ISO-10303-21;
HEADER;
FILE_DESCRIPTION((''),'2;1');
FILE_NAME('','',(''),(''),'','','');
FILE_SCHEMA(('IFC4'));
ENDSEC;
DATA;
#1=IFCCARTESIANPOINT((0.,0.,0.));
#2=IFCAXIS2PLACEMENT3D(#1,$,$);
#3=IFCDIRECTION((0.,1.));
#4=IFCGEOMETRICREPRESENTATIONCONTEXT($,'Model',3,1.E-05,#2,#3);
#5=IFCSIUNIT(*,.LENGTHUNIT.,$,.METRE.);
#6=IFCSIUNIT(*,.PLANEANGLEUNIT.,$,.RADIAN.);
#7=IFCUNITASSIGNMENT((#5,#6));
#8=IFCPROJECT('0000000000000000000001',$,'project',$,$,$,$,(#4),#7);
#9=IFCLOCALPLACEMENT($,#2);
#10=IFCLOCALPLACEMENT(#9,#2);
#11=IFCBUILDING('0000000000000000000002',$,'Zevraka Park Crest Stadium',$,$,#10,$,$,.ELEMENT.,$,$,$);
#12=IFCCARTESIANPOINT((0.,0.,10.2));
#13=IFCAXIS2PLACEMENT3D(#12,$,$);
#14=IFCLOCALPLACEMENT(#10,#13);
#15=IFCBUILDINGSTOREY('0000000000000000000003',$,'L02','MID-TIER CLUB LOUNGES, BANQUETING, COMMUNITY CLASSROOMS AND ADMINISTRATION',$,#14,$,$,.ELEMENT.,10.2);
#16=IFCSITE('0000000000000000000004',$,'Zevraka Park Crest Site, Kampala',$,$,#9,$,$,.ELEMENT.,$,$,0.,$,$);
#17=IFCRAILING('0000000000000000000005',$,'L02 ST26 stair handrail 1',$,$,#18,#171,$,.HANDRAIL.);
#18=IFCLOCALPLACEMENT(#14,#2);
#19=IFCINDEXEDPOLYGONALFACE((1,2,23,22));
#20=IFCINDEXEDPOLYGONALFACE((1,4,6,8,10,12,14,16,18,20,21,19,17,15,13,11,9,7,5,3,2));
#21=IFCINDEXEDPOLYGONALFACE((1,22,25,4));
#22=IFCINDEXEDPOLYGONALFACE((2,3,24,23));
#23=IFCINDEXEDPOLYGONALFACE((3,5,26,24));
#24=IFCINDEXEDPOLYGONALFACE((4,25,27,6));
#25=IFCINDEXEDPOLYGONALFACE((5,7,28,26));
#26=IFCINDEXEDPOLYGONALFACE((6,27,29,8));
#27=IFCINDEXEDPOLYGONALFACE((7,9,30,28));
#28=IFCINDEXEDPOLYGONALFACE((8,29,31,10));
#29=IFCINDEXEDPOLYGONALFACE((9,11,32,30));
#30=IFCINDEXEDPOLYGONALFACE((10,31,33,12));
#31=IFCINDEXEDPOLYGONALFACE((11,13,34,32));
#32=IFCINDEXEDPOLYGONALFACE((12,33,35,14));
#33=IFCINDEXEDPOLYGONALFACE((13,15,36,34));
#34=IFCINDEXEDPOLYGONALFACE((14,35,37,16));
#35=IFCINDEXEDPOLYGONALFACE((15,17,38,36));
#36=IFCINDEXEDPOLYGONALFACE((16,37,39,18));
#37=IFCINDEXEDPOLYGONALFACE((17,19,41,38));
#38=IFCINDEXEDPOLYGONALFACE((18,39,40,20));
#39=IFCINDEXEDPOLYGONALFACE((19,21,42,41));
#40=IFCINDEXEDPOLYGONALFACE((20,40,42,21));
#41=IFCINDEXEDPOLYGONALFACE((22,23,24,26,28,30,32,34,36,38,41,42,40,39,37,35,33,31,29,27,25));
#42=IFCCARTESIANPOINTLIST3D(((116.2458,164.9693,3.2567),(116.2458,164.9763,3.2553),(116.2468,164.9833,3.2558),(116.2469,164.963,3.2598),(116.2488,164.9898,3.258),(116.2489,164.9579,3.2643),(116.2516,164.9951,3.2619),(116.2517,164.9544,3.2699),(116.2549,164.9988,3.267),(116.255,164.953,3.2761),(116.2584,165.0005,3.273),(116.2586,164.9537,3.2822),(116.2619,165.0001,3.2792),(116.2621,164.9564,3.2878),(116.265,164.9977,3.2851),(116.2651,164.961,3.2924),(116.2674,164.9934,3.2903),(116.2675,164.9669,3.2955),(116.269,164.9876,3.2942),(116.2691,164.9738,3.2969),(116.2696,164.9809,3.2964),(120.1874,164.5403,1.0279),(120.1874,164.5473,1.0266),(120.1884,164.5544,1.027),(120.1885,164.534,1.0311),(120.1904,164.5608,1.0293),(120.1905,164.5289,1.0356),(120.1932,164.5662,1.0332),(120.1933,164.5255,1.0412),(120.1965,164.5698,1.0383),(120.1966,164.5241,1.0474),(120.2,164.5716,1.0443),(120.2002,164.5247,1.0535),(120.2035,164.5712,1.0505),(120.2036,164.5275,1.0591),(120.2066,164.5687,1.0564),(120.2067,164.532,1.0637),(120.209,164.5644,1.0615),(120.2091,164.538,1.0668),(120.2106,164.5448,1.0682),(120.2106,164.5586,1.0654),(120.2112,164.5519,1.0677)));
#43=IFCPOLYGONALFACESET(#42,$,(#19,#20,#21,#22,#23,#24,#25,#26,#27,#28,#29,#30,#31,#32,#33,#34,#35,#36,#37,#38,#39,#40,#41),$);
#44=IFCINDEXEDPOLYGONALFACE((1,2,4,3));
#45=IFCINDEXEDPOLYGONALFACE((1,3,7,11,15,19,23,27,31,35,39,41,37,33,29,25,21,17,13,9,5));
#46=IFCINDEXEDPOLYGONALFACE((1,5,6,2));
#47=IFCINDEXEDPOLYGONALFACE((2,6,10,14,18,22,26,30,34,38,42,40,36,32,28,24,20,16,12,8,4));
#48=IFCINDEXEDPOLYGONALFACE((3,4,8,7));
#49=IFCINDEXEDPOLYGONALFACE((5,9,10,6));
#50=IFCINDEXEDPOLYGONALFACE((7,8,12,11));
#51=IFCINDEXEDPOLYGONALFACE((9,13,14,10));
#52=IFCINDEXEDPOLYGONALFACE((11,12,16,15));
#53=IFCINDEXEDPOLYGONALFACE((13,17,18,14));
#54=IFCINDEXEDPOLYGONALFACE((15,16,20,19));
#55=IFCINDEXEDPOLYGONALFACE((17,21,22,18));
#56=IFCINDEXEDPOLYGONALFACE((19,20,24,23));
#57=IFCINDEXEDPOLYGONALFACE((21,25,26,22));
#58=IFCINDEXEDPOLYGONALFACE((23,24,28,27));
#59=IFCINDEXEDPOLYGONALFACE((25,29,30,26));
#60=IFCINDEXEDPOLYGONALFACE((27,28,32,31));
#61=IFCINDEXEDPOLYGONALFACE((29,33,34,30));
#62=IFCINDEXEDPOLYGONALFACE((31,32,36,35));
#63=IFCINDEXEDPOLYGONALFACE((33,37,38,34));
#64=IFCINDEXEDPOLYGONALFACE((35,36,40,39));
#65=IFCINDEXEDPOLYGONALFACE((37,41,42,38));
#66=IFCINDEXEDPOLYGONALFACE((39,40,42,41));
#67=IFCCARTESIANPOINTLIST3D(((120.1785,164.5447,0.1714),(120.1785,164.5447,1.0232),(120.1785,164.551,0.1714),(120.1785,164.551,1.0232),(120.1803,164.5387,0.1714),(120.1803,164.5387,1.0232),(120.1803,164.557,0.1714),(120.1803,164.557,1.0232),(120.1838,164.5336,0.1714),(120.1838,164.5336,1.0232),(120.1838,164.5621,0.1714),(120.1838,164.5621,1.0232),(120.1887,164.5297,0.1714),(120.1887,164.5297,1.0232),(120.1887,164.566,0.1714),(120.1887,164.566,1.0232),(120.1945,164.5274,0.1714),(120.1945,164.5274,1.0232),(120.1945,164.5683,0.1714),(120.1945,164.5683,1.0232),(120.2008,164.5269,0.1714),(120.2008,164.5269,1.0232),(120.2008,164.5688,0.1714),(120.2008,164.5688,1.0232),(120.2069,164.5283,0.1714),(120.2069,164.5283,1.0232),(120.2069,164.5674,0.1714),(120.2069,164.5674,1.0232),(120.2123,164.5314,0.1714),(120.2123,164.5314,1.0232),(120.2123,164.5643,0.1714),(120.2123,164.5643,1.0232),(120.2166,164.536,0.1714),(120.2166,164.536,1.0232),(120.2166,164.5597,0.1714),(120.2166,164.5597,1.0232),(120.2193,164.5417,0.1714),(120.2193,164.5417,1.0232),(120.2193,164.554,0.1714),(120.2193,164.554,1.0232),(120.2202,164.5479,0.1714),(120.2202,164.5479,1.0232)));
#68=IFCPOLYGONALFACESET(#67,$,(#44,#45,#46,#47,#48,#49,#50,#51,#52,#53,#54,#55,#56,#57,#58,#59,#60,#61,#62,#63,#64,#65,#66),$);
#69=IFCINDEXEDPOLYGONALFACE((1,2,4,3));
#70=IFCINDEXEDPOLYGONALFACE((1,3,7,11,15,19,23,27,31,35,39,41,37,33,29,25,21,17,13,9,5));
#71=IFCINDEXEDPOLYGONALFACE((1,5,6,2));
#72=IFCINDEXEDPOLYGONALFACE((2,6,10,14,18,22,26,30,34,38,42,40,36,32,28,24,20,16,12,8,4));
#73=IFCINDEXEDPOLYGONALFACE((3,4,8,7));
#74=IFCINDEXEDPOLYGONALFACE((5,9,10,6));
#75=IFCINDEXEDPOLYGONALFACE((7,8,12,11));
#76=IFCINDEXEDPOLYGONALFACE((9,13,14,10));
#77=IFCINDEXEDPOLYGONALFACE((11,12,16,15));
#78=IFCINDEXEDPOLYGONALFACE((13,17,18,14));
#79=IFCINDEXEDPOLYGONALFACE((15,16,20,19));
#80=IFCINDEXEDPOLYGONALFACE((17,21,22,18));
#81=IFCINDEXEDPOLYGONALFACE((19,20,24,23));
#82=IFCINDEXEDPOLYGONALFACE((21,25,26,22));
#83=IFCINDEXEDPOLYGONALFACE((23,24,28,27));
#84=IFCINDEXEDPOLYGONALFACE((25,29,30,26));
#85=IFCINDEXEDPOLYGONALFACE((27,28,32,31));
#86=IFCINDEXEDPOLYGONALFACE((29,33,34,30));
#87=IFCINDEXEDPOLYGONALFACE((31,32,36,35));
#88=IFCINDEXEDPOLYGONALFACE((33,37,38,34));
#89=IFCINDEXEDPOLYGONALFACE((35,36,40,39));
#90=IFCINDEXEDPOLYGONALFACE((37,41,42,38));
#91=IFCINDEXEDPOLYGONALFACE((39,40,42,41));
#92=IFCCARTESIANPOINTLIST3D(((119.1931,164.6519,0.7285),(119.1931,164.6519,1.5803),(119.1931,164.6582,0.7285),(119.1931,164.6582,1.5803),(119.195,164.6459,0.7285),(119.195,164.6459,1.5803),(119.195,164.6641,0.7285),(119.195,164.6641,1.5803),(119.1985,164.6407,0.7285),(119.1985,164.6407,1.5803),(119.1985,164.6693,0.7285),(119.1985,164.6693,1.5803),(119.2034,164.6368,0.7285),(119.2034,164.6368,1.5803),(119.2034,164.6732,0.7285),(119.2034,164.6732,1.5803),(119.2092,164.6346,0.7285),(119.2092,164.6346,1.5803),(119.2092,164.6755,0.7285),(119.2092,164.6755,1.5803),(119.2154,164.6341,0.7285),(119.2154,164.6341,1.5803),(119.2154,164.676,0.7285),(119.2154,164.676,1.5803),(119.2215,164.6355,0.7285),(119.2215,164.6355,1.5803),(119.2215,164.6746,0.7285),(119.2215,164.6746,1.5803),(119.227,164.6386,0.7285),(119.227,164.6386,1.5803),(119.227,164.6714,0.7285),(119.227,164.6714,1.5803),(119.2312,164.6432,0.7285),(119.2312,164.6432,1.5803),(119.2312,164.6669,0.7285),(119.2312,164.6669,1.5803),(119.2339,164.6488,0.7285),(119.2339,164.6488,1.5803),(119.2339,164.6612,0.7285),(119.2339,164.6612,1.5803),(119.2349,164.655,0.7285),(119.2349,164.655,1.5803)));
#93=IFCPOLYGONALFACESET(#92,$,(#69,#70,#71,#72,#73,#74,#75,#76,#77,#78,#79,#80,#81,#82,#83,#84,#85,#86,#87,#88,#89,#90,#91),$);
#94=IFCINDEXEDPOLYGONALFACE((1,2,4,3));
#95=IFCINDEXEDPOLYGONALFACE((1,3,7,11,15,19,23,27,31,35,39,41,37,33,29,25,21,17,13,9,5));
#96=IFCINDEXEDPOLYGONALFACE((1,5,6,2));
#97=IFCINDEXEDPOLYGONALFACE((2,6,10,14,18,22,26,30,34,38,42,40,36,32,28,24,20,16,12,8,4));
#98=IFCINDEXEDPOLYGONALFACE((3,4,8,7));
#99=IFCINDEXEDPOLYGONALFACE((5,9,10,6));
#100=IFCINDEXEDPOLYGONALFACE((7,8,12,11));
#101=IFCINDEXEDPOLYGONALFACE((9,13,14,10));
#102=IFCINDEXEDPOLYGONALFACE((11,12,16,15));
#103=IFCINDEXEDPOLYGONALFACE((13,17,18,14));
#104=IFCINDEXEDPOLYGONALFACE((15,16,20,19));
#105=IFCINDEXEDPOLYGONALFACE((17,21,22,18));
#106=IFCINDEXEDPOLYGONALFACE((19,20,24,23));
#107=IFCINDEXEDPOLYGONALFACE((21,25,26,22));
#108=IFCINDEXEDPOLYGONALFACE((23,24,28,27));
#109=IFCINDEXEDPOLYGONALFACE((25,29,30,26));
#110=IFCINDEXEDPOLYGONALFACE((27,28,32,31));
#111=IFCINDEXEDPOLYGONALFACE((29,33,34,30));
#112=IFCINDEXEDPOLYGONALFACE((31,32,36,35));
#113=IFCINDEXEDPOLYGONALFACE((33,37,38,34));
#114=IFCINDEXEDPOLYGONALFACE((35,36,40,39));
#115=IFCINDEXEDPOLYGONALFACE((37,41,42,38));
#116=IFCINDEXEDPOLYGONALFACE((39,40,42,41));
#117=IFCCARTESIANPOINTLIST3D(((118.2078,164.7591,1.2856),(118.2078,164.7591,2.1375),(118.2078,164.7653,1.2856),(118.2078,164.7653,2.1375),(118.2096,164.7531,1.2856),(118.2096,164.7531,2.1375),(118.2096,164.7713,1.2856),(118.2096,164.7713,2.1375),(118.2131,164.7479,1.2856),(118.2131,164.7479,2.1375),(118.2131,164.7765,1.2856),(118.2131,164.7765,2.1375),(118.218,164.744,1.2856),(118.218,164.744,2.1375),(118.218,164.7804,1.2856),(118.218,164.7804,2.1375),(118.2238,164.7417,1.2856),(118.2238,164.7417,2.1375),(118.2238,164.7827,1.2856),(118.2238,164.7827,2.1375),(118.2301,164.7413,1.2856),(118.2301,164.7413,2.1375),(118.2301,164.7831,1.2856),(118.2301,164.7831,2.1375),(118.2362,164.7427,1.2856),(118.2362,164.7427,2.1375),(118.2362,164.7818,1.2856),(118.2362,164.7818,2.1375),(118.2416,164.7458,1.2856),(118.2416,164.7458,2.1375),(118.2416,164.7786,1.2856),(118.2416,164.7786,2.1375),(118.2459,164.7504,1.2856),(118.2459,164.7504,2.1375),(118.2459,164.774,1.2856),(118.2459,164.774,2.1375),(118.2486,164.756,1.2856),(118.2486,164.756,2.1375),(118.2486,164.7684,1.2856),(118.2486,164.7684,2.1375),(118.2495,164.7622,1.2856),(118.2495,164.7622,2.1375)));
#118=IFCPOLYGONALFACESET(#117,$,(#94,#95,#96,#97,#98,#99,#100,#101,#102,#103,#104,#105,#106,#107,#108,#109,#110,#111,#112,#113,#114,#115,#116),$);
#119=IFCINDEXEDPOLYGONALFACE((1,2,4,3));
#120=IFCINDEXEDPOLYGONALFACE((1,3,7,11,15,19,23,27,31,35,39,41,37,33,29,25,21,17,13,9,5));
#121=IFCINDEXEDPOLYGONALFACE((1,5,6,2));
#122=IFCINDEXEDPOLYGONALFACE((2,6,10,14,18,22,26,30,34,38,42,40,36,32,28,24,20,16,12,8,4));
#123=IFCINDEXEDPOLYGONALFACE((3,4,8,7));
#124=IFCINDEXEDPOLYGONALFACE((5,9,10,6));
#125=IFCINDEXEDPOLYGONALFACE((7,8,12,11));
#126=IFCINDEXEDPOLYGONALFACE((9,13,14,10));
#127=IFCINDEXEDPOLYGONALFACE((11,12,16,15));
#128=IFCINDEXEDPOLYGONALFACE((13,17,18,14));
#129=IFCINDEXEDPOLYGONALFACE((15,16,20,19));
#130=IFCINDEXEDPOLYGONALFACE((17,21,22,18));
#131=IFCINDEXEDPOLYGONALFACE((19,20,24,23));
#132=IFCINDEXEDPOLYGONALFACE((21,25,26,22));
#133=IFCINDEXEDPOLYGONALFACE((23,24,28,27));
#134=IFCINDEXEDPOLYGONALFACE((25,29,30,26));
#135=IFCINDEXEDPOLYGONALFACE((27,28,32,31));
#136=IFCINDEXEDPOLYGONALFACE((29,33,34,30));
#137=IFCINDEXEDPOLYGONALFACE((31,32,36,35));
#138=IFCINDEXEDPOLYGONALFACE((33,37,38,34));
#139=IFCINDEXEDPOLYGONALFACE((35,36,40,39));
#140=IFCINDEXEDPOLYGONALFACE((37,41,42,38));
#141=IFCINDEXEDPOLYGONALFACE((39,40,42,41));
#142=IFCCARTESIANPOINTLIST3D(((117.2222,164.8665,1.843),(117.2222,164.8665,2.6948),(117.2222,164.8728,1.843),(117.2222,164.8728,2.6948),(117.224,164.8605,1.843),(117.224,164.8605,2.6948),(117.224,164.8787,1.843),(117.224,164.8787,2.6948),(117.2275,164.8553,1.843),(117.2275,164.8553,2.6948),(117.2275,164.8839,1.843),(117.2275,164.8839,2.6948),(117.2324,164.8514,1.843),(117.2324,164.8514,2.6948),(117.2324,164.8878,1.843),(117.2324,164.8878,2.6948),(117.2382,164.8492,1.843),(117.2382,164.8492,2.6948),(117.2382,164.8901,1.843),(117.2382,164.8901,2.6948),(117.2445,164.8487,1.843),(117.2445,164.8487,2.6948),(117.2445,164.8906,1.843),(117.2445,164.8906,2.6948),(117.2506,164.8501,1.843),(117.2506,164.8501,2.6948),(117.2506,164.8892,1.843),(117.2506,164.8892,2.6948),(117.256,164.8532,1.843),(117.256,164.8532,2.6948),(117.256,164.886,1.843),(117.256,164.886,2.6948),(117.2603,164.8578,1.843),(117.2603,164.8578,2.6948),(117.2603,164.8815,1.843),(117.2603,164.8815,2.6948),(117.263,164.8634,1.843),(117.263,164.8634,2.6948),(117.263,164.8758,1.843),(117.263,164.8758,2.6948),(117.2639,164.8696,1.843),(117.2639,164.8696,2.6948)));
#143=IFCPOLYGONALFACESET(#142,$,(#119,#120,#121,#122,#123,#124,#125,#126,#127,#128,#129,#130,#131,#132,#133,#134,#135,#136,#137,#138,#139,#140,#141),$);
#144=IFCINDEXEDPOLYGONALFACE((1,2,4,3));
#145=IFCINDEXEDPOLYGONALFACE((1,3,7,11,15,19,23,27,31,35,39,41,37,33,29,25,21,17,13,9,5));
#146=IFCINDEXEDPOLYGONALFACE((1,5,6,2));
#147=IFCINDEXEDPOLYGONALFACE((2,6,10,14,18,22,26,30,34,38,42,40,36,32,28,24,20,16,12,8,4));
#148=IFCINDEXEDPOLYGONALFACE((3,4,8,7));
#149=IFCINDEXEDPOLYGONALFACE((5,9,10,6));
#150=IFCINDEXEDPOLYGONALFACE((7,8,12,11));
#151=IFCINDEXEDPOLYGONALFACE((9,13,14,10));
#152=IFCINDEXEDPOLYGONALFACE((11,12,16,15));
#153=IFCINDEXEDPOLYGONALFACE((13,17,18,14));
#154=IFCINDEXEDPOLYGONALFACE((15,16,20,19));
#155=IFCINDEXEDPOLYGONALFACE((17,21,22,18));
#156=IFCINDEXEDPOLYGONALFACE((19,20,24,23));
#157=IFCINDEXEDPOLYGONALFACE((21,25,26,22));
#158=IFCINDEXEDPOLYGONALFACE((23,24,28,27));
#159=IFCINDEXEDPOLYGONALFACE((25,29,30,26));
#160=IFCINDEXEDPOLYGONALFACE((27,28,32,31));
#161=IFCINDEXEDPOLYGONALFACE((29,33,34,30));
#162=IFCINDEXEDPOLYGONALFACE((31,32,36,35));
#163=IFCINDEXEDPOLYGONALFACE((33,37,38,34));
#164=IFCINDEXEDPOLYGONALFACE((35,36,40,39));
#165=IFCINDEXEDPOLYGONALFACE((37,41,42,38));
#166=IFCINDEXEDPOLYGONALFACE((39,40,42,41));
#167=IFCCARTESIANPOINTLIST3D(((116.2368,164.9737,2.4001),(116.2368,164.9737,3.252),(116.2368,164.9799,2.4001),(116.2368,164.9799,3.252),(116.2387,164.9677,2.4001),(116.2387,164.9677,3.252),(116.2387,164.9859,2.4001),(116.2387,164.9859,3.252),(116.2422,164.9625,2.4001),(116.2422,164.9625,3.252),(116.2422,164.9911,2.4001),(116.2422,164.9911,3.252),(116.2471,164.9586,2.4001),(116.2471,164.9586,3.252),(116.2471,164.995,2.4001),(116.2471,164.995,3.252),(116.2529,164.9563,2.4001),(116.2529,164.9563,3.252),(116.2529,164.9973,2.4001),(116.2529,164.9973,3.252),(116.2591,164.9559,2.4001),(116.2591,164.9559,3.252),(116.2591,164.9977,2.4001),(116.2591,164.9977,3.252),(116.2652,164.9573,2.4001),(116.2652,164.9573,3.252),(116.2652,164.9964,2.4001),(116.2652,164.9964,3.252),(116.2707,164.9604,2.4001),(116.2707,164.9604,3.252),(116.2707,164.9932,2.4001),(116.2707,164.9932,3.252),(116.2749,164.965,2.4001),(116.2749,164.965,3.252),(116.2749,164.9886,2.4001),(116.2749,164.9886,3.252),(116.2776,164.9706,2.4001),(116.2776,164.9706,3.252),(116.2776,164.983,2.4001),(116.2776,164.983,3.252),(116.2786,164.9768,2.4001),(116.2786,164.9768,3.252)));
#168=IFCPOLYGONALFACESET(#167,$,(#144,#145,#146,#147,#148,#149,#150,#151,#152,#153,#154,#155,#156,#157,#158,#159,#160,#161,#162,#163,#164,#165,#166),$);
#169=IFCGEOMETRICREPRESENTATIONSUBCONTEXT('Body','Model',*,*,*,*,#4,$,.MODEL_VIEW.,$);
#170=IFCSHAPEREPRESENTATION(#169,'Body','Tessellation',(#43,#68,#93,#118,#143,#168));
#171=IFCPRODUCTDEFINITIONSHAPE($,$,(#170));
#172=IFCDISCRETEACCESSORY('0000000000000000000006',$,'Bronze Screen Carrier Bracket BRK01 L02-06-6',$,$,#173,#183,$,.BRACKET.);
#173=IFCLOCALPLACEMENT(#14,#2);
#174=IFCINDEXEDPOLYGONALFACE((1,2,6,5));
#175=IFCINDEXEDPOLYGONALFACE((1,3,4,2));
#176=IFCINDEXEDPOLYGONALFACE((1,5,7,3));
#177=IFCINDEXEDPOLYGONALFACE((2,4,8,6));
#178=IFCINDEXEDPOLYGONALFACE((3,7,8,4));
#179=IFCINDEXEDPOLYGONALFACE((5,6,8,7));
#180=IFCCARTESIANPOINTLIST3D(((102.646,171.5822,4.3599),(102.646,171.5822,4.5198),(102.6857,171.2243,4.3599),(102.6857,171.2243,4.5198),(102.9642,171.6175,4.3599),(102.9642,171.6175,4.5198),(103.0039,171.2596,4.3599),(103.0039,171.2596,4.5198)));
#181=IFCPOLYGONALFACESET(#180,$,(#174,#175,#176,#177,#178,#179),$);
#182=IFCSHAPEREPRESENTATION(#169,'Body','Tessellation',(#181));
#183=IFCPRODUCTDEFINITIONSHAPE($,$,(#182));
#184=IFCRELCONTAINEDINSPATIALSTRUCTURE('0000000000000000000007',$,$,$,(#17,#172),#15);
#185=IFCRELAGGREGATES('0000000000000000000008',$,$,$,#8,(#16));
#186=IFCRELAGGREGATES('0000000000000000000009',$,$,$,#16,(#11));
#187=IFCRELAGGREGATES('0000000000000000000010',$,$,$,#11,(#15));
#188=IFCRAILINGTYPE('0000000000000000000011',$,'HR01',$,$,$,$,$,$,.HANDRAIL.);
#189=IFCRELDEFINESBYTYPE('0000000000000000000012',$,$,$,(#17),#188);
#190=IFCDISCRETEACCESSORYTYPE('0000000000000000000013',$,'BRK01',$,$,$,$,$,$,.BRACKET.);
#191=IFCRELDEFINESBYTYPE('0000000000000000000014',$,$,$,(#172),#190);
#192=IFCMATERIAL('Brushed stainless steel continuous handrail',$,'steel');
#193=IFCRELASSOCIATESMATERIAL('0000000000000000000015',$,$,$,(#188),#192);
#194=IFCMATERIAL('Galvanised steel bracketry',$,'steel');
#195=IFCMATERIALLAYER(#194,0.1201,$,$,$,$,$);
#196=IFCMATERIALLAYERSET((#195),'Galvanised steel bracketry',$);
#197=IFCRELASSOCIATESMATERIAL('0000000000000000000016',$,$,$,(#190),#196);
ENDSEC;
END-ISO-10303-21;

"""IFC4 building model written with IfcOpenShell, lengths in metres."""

from ifc_helpers import new_model, si_unit, direction, frame, origin, origin_2d, place, context, subcontext, project, spatial, rectangle, circle, extrude, material, layer, layer_set, type_object, element, save


model = new_model("IFC4")

# Units and contexts
model_context = context("Model", 3, precision=1e-05, world=origin(), true_north=direction((0.0, 1.0)))
body_context = subcontext(model_context, "Body", "Model", "MODEL_VIEW")
ifc_project = project(units=[si_unit("LENGTHUNIT", "METRE"), si_unit("PLANEANGLEUNIT", "RADIAN")], contexts=[model_context])

# Site, building, storey
site_placement = place(None, origin())
site = spatial("IfcSite", under=ifc_project, at=site_placement, Name="Zevraka Park Crest Site, Kampala", CompositionType="ELEMENT", RefElevation=0.0)
building_placement = place(site_placement, origin())
building = spatial("IfcBuilding", under=site, at=building_placement, Name="Zevraka Park Crest Stadium", CompositionType="ELEMENT")
storey_placement = place(building_placement, frame((0.0, 0.0, 10.2)))
storey = spatial("IfcBuildingStorey", under=building, at=storey_placement, Name="L02", Description="MID-TIER CLUB LOUNGES, BANQUETING, COMMUNITY CLASSROOMS AND ADMINISTRATION", CompositionType="ELEMENT", Elevation=10.2)

# Railing
ifc_material_1 = material(Name="Brushed stainless steel continuous handrail", Category="steel")
railing_type = type_object("IfcRailingType", Name="HR01", PredefinedType="HANDRAIL", material=ifc_material_1)
railing_1_placement = place(storey_placement, frame((120.1992, 164.5479, 0.1714)))
element("IfcRailing", 1, at=railing_1_placement, inside=storey, type_object=railing_type, Name="L02 ST26 stair handrail 1", PredefinedType="HANDRAIL", context=body_context, shape_type="SweptSolid", body=[
    extrude(circle(Radius=0.0239, at=origin_2d()), frame((0.0, 0.0, 0.876), z_axis=(-0.866601, 0.094309, 0.490009), x_axis=(-0.108188, -0.994131, 0.0)), (0.0, 0.0, 1.0), 4.5483),
    extrude(circle(Radius=0.021, at=origin_2d()), origin(), (0.0, 0.0, 1.0), 0.8518),
    extrude(circle(Radius=0.021, at=origin_2d()), frame((-0.9854, 0.1072, 0.5571)), (0.0, 0.0, 1.0), 0.8518),
    extrude(circle(Radius=0.021, at=origin_2d()), frame((-1.9707, 0.2144, 1.1143)), (0.0, 0.0, 1.0), 0.8518),
    extrude(circle(Radius=0.021, at=origin_2d()), frame((-2.9563, 0.3218, 1.6716)), (0.0, 0.0, 1.0), 0.8518),
    extrude(circle(Radius=0.021, at=origin_2d()), frame((-3.9417, 0.429, 2.2288)), (0.0, 0.0, 1.0), 0.8518),
])

# Discrete accessory
ifc_material_2 = material(Name="Galvanised steel bracketry", Category="steel")
ifc_layer_1 = layer(ifc_material_2, 0.1201)
ifc_layer_set_1 = layer_set([ifc_layer_1], Name="Galvanised steel bracketry")
discrete_accessory_type = type_object("IfcDiscreteAccessoryType", Name="BRK01", PredefinedType="BRACKET", material=ifc_layer_set_1)
discrete_accessory_placement = place(storey_placement, frame((102.825, 171.4209, 4.3599), z_axis=(0.0, 0.0, 1.0), x_axis=(-0.993903, -0.110255, 0.0)))
element("IfcDiscreteAccessory", 2, at=discrete_accessory_placement, inside=storey, type_object=discrete_accessory_type, Name="Bronze Screen Carrier Bracket BRK01 L02-06-6", PredefinedType="BRACKET", context=body_context, shape_type="SweptSolid", body=[
    extrude(rectangle(XDim=0.3201, YDim=0.3601, at=origin_2d()), origin(), (0.0, 0.0, 1.0), 0.1599),
])

save(model, "model.ifc")
